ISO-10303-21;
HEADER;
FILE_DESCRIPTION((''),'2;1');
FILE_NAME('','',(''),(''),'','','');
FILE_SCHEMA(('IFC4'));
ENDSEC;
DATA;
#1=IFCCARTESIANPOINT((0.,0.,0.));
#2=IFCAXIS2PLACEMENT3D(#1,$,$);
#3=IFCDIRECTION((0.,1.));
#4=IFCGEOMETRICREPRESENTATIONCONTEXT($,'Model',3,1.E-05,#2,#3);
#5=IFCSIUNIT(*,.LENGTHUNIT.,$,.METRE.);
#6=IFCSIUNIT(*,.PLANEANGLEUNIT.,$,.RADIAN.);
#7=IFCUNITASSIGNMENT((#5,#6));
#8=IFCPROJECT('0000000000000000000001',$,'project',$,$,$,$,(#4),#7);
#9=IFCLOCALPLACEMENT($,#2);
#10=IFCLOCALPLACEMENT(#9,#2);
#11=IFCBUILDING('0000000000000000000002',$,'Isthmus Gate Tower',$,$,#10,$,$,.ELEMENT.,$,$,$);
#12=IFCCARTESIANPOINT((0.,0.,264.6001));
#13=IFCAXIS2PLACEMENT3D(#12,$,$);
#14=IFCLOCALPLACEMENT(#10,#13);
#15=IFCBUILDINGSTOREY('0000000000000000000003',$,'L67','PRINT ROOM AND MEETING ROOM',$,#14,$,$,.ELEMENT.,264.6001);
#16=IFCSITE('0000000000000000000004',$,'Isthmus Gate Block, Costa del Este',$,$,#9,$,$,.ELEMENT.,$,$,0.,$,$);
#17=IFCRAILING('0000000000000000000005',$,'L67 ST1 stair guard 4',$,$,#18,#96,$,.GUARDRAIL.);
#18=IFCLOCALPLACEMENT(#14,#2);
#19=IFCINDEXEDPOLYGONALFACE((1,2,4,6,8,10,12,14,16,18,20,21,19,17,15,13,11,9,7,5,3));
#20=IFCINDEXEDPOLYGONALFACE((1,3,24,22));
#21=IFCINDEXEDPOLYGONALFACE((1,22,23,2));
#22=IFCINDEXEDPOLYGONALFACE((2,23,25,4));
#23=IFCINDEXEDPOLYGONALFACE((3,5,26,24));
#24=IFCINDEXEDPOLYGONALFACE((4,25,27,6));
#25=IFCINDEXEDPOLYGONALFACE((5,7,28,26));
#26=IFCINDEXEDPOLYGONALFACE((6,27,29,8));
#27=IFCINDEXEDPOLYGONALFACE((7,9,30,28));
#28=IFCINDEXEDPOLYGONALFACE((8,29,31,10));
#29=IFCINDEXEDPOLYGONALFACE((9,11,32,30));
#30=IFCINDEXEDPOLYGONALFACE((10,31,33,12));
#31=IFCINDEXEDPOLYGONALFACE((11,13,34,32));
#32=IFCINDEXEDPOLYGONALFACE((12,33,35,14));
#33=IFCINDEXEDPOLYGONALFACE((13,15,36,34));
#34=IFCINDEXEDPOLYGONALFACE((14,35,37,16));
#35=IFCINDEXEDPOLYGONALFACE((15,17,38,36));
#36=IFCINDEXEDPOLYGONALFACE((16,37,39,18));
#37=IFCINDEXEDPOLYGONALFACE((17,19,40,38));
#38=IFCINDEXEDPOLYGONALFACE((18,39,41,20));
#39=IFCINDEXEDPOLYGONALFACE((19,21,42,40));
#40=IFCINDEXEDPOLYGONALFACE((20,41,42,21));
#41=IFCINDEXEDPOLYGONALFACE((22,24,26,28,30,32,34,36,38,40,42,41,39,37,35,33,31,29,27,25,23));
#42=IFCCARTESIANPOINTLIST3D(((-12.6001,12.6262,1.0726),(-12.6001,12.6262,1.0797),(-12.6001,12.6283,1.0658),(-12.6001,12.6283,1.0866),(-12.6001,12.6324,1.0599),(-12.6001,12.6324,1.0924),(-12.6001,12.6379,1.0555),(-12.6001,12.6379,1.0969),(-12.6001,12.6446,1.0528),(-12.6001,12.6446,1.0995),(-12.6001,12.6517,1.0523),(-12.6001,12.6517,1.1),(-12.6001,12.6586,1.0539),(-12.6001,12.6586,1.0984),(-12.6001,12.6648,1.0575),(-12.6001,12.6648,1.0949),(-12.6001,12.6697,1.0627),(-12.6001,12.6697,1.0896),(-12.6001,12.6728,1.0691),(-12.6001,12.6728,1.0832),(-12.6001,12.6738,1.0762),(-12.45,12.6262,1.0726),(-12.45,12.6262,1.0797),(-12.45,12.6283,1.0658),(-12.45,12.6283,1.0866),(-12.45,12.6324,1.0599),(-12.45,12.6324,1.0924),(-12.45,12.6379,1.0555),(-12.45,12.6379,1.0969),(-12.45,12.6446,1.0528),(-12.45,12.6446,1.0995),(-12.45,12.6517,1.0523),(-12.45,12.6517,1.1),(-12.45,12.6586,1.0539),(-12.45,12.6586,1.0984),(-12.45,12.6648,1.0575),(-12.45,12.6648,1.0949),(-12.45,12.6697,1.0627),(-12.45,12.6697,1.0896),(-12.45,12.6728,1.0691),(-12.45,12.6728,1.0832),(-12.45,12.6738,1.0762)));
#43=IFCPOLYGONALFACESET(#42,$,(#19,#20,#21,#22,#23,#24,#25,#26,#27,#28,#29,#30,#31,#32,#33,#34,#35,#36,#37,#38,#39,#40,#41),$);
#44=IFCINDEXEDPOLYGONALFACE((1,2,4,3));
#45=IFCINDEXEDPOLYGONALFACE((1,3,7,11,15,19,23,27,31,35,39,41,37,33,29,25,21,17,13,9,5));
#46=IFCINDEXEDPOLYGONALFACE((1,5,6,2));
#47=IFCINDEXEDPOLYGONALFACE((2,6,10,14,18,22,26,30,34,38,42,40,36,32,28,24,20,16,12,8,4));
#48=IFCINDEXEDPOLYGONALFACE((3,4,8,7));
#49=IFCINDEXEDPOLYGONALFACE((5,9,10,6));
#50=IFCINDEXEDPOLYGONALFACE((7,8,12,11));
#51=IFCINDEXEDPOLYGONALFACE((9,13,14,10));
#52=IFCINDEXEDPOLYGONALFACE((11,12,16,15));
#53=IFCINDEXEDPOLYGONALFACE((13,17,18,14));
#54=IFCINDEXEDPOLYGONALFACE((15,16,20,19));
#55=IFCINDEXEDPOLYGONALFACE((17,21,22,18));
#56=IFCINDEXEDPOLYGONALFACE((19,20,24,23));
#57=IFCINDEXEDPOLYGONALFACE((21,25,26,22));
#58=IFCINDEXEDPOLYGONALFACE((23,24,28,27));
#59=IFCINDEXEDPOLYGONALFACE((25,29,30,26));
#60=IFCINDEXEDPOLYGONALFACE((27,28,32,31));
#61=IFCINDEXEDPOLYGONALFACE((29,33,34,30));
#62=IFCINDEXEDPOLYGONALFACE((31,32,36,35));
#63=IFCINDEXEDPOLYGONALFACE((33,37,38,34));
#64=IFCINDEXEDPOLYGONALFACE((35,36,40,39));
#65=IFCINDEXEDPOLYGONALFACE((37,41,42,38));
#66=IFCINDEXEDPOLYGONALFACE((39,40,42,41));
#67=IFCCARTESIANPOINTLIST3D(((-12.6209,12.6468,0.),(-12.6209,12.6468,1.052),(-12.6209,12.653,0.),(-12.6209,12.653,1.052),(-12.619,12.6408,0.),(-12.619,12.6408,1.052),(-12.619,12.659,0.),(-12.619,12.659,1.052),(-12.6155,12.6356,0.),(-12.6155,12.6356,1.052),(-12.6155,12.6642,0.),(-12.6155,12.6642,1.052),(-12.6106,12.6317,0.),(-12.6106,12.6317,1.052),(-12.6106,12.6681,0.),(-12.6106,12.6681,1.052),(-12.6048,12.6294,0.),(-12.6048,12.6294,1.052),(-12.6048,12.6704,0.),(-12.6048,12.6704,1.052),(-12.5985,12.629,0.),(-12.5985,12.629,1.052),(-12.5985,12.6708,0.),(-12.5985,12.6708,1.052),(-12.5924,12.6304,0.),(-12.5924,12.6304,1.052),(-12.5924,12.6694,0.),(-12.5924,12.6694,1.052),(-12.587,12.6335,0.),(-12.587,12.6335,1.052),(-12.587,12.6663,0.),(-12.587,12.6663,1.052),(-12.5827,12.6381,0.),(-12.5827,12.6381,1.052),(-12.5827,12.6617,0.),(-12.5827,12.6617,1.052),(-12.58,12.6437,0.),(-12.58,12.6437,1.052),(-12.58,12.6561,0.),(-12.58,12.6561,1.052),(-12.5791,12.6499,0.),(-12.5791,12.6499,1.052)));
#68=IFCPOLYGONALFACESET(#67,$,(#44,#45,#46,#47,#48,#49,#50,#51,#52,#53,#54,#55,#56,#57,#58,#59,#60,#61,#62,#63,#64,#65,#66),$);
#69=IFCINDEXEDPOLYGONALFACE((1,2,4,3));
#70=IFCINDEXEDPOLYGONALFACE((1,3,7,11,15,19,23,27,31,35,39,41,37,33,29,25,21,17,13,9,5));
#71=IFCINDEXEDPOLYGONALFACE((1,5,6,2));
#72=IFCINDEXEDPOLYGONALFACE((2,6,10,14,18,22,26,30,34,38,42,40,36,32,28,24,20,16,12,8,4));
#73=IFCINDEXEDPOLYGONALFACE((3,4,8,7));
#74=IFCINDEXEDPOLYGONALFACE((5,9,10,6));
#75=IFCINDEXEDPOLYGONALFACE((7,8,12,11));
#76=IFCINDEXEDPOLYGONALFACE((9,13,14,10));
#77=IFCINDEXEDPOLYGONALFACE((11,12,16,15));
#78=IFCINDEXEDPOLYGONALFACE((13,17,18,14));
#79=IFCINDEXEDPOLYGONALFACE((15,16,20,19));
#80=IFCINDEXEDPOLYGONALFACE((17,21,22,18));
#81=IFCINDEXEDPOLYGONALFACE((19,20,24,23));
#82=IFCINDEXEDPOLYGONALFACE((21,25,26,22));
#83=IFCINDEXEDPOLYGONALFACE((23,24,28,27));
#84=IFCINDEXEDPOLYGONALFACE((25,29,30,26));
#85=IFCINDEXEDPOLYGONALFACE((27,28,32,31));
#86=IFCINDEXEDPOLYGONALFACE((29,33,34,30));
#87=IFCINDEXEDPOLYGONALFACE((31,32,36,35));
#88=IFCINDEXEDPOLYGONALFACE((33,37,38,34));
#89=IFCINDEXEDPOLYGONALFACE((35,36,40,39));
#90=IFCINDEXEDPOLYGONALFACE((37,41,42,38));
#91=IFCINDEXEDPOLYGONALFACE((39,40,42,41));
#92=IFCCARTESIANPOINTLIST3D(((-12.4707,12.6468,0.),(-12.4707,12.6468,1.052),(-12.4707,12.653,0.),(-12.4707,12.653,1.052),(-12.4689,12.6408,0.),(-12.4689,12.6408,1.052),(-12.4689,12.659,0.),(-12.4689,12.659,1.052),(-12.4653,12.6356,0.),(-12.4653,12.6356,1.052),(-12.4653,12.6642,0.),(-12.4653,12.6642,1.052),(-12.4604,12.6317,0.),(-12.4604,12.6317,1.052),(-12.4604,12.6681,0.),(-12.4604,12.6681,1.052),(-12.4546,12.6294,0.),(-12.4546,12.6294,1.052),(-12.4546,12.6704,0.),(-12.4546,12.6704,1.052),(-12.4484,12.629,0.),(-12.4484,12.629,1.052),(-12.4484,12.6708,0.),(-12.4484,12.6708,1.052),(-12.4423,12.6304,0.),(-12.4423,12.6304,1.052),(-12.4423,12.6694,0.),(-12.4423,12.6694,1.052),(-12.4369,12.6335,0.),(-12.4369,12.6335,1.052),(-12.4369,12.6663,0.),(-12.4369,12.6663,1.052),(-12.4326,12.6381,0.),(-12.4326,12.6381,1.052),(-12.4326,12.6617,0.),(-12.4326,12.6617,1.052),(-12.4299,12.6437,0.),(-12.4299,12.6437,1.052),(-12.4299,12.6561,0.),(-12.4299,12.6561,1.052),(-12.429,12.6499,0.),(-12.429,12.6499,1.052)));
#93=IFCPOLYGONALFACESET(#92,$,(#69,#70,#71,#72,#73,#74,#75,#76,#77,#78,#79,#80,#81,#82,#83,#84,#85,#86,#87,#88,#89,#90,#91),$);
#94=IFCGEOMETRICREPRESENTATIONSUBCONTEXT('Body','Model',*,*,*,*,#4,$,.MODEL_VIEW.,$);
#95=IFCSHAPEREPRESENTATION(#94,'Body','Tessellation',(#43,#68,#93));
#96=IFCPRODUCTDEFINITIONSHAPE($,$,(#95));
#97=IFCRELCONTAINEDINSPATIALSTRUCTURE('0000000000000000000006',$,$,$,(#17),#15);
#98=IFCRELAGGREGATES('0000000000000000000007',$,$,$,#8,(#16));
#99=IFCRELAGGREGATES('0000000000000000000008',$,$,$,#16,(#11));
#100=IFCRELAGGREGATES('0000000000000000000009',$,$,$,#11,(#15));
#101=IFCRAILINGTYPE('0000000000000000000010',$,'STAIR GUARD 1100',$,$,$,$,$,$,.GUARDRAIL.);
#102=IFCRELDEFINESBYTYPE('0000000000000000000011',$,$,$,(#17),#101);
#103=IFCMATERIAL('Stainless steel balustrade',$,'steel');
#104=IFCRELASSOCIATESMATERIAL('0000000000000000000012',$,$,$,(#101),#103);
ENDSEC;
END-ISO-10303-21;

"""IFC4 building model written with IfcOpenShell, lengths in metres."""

from ifc_helpers import new_model, si_unit, direction, frame, origin, origin_2d, place, context, subcontext, project, spatial, circle, extrude, material, type_object, element, save


model = new_model("IFC4")

# Units and contexts
model_context = context("Model", 3, precision=1e-05, world=origin(), true_north=direction((0.0, 1.0)))
body_context = subcontext(model_context, "Body", "Model", "MODEL_VIEW")
ifc_project = project(units=[si_unit("LENGTHUNIT", "METRE"), si_unit("PLANEANGLEUNIT", "RADIAN")], contexts=[model_context])

# Site, building, storey
site_placement = place(None, origin())
site = spatial("IfcSite", under=ifc_project, at=site_placement, Name="Isthmus Gate Block, Costa del Este", CompositionType="ELEMENT", RefElevation=0.0)
building_placement = place(site_placement, origin())
building = spatial("IfcBuilding", under=site, at=building_placement, Name="Isthmus Gate Tower", CompositionType="ELEMENT")
storey_placement = place(building_placement, frame((0.0, 0.0, 264.6001)))
storey = spatial("IfcBuildingStorey", under=building, at=storey_placement, Name="L67", Description="PRINT ROOM AND MEETING ROOM", CompositionType="ELEMENT", Elevation=264.6001)

# Railing
ifc_material_1 = material(Name="Stainless steel balustrade", Category="steel")
railing_type_1 = type_object("IfcRailingType", Name="STAIR GUARD 1100", PredefinedType="GUARDRAIL", material=ifc_material_1)
railing_1_placement = place(storey_placement, frame((-12.6001, 12.6499, 0.0)))
element("IfcRailing", 1, at=railing_1_placement, inside=storey, type_object=railing_type_1, Name="L67 ST1 stair guard 4", PredefinedType="GUARDRAIL", context=body_context, shape_type="SweptSolid", body=[
    extrude(circle(Radius=0.0239, at=origin_2d()), frame((0.0, 0.0, 1.0762), z_axis=(1.0, 0.0, 0.0), x_axis=(0.0, 1.0, 0.0)), (0.0, 0.0, 1.0), 0.1501),
    extrude(circle(Radius=0.021, at=origin_2d()), origin(), (0.0, 0.0, 1.0), 1.052),
    extrude(circle(Radius=0.021, at=origin_2d()), frame((0.1501, 0.0, 0.0)), (0.0, 0.0, 1.0), 1.052),
])

save(model, "model.ifc")
